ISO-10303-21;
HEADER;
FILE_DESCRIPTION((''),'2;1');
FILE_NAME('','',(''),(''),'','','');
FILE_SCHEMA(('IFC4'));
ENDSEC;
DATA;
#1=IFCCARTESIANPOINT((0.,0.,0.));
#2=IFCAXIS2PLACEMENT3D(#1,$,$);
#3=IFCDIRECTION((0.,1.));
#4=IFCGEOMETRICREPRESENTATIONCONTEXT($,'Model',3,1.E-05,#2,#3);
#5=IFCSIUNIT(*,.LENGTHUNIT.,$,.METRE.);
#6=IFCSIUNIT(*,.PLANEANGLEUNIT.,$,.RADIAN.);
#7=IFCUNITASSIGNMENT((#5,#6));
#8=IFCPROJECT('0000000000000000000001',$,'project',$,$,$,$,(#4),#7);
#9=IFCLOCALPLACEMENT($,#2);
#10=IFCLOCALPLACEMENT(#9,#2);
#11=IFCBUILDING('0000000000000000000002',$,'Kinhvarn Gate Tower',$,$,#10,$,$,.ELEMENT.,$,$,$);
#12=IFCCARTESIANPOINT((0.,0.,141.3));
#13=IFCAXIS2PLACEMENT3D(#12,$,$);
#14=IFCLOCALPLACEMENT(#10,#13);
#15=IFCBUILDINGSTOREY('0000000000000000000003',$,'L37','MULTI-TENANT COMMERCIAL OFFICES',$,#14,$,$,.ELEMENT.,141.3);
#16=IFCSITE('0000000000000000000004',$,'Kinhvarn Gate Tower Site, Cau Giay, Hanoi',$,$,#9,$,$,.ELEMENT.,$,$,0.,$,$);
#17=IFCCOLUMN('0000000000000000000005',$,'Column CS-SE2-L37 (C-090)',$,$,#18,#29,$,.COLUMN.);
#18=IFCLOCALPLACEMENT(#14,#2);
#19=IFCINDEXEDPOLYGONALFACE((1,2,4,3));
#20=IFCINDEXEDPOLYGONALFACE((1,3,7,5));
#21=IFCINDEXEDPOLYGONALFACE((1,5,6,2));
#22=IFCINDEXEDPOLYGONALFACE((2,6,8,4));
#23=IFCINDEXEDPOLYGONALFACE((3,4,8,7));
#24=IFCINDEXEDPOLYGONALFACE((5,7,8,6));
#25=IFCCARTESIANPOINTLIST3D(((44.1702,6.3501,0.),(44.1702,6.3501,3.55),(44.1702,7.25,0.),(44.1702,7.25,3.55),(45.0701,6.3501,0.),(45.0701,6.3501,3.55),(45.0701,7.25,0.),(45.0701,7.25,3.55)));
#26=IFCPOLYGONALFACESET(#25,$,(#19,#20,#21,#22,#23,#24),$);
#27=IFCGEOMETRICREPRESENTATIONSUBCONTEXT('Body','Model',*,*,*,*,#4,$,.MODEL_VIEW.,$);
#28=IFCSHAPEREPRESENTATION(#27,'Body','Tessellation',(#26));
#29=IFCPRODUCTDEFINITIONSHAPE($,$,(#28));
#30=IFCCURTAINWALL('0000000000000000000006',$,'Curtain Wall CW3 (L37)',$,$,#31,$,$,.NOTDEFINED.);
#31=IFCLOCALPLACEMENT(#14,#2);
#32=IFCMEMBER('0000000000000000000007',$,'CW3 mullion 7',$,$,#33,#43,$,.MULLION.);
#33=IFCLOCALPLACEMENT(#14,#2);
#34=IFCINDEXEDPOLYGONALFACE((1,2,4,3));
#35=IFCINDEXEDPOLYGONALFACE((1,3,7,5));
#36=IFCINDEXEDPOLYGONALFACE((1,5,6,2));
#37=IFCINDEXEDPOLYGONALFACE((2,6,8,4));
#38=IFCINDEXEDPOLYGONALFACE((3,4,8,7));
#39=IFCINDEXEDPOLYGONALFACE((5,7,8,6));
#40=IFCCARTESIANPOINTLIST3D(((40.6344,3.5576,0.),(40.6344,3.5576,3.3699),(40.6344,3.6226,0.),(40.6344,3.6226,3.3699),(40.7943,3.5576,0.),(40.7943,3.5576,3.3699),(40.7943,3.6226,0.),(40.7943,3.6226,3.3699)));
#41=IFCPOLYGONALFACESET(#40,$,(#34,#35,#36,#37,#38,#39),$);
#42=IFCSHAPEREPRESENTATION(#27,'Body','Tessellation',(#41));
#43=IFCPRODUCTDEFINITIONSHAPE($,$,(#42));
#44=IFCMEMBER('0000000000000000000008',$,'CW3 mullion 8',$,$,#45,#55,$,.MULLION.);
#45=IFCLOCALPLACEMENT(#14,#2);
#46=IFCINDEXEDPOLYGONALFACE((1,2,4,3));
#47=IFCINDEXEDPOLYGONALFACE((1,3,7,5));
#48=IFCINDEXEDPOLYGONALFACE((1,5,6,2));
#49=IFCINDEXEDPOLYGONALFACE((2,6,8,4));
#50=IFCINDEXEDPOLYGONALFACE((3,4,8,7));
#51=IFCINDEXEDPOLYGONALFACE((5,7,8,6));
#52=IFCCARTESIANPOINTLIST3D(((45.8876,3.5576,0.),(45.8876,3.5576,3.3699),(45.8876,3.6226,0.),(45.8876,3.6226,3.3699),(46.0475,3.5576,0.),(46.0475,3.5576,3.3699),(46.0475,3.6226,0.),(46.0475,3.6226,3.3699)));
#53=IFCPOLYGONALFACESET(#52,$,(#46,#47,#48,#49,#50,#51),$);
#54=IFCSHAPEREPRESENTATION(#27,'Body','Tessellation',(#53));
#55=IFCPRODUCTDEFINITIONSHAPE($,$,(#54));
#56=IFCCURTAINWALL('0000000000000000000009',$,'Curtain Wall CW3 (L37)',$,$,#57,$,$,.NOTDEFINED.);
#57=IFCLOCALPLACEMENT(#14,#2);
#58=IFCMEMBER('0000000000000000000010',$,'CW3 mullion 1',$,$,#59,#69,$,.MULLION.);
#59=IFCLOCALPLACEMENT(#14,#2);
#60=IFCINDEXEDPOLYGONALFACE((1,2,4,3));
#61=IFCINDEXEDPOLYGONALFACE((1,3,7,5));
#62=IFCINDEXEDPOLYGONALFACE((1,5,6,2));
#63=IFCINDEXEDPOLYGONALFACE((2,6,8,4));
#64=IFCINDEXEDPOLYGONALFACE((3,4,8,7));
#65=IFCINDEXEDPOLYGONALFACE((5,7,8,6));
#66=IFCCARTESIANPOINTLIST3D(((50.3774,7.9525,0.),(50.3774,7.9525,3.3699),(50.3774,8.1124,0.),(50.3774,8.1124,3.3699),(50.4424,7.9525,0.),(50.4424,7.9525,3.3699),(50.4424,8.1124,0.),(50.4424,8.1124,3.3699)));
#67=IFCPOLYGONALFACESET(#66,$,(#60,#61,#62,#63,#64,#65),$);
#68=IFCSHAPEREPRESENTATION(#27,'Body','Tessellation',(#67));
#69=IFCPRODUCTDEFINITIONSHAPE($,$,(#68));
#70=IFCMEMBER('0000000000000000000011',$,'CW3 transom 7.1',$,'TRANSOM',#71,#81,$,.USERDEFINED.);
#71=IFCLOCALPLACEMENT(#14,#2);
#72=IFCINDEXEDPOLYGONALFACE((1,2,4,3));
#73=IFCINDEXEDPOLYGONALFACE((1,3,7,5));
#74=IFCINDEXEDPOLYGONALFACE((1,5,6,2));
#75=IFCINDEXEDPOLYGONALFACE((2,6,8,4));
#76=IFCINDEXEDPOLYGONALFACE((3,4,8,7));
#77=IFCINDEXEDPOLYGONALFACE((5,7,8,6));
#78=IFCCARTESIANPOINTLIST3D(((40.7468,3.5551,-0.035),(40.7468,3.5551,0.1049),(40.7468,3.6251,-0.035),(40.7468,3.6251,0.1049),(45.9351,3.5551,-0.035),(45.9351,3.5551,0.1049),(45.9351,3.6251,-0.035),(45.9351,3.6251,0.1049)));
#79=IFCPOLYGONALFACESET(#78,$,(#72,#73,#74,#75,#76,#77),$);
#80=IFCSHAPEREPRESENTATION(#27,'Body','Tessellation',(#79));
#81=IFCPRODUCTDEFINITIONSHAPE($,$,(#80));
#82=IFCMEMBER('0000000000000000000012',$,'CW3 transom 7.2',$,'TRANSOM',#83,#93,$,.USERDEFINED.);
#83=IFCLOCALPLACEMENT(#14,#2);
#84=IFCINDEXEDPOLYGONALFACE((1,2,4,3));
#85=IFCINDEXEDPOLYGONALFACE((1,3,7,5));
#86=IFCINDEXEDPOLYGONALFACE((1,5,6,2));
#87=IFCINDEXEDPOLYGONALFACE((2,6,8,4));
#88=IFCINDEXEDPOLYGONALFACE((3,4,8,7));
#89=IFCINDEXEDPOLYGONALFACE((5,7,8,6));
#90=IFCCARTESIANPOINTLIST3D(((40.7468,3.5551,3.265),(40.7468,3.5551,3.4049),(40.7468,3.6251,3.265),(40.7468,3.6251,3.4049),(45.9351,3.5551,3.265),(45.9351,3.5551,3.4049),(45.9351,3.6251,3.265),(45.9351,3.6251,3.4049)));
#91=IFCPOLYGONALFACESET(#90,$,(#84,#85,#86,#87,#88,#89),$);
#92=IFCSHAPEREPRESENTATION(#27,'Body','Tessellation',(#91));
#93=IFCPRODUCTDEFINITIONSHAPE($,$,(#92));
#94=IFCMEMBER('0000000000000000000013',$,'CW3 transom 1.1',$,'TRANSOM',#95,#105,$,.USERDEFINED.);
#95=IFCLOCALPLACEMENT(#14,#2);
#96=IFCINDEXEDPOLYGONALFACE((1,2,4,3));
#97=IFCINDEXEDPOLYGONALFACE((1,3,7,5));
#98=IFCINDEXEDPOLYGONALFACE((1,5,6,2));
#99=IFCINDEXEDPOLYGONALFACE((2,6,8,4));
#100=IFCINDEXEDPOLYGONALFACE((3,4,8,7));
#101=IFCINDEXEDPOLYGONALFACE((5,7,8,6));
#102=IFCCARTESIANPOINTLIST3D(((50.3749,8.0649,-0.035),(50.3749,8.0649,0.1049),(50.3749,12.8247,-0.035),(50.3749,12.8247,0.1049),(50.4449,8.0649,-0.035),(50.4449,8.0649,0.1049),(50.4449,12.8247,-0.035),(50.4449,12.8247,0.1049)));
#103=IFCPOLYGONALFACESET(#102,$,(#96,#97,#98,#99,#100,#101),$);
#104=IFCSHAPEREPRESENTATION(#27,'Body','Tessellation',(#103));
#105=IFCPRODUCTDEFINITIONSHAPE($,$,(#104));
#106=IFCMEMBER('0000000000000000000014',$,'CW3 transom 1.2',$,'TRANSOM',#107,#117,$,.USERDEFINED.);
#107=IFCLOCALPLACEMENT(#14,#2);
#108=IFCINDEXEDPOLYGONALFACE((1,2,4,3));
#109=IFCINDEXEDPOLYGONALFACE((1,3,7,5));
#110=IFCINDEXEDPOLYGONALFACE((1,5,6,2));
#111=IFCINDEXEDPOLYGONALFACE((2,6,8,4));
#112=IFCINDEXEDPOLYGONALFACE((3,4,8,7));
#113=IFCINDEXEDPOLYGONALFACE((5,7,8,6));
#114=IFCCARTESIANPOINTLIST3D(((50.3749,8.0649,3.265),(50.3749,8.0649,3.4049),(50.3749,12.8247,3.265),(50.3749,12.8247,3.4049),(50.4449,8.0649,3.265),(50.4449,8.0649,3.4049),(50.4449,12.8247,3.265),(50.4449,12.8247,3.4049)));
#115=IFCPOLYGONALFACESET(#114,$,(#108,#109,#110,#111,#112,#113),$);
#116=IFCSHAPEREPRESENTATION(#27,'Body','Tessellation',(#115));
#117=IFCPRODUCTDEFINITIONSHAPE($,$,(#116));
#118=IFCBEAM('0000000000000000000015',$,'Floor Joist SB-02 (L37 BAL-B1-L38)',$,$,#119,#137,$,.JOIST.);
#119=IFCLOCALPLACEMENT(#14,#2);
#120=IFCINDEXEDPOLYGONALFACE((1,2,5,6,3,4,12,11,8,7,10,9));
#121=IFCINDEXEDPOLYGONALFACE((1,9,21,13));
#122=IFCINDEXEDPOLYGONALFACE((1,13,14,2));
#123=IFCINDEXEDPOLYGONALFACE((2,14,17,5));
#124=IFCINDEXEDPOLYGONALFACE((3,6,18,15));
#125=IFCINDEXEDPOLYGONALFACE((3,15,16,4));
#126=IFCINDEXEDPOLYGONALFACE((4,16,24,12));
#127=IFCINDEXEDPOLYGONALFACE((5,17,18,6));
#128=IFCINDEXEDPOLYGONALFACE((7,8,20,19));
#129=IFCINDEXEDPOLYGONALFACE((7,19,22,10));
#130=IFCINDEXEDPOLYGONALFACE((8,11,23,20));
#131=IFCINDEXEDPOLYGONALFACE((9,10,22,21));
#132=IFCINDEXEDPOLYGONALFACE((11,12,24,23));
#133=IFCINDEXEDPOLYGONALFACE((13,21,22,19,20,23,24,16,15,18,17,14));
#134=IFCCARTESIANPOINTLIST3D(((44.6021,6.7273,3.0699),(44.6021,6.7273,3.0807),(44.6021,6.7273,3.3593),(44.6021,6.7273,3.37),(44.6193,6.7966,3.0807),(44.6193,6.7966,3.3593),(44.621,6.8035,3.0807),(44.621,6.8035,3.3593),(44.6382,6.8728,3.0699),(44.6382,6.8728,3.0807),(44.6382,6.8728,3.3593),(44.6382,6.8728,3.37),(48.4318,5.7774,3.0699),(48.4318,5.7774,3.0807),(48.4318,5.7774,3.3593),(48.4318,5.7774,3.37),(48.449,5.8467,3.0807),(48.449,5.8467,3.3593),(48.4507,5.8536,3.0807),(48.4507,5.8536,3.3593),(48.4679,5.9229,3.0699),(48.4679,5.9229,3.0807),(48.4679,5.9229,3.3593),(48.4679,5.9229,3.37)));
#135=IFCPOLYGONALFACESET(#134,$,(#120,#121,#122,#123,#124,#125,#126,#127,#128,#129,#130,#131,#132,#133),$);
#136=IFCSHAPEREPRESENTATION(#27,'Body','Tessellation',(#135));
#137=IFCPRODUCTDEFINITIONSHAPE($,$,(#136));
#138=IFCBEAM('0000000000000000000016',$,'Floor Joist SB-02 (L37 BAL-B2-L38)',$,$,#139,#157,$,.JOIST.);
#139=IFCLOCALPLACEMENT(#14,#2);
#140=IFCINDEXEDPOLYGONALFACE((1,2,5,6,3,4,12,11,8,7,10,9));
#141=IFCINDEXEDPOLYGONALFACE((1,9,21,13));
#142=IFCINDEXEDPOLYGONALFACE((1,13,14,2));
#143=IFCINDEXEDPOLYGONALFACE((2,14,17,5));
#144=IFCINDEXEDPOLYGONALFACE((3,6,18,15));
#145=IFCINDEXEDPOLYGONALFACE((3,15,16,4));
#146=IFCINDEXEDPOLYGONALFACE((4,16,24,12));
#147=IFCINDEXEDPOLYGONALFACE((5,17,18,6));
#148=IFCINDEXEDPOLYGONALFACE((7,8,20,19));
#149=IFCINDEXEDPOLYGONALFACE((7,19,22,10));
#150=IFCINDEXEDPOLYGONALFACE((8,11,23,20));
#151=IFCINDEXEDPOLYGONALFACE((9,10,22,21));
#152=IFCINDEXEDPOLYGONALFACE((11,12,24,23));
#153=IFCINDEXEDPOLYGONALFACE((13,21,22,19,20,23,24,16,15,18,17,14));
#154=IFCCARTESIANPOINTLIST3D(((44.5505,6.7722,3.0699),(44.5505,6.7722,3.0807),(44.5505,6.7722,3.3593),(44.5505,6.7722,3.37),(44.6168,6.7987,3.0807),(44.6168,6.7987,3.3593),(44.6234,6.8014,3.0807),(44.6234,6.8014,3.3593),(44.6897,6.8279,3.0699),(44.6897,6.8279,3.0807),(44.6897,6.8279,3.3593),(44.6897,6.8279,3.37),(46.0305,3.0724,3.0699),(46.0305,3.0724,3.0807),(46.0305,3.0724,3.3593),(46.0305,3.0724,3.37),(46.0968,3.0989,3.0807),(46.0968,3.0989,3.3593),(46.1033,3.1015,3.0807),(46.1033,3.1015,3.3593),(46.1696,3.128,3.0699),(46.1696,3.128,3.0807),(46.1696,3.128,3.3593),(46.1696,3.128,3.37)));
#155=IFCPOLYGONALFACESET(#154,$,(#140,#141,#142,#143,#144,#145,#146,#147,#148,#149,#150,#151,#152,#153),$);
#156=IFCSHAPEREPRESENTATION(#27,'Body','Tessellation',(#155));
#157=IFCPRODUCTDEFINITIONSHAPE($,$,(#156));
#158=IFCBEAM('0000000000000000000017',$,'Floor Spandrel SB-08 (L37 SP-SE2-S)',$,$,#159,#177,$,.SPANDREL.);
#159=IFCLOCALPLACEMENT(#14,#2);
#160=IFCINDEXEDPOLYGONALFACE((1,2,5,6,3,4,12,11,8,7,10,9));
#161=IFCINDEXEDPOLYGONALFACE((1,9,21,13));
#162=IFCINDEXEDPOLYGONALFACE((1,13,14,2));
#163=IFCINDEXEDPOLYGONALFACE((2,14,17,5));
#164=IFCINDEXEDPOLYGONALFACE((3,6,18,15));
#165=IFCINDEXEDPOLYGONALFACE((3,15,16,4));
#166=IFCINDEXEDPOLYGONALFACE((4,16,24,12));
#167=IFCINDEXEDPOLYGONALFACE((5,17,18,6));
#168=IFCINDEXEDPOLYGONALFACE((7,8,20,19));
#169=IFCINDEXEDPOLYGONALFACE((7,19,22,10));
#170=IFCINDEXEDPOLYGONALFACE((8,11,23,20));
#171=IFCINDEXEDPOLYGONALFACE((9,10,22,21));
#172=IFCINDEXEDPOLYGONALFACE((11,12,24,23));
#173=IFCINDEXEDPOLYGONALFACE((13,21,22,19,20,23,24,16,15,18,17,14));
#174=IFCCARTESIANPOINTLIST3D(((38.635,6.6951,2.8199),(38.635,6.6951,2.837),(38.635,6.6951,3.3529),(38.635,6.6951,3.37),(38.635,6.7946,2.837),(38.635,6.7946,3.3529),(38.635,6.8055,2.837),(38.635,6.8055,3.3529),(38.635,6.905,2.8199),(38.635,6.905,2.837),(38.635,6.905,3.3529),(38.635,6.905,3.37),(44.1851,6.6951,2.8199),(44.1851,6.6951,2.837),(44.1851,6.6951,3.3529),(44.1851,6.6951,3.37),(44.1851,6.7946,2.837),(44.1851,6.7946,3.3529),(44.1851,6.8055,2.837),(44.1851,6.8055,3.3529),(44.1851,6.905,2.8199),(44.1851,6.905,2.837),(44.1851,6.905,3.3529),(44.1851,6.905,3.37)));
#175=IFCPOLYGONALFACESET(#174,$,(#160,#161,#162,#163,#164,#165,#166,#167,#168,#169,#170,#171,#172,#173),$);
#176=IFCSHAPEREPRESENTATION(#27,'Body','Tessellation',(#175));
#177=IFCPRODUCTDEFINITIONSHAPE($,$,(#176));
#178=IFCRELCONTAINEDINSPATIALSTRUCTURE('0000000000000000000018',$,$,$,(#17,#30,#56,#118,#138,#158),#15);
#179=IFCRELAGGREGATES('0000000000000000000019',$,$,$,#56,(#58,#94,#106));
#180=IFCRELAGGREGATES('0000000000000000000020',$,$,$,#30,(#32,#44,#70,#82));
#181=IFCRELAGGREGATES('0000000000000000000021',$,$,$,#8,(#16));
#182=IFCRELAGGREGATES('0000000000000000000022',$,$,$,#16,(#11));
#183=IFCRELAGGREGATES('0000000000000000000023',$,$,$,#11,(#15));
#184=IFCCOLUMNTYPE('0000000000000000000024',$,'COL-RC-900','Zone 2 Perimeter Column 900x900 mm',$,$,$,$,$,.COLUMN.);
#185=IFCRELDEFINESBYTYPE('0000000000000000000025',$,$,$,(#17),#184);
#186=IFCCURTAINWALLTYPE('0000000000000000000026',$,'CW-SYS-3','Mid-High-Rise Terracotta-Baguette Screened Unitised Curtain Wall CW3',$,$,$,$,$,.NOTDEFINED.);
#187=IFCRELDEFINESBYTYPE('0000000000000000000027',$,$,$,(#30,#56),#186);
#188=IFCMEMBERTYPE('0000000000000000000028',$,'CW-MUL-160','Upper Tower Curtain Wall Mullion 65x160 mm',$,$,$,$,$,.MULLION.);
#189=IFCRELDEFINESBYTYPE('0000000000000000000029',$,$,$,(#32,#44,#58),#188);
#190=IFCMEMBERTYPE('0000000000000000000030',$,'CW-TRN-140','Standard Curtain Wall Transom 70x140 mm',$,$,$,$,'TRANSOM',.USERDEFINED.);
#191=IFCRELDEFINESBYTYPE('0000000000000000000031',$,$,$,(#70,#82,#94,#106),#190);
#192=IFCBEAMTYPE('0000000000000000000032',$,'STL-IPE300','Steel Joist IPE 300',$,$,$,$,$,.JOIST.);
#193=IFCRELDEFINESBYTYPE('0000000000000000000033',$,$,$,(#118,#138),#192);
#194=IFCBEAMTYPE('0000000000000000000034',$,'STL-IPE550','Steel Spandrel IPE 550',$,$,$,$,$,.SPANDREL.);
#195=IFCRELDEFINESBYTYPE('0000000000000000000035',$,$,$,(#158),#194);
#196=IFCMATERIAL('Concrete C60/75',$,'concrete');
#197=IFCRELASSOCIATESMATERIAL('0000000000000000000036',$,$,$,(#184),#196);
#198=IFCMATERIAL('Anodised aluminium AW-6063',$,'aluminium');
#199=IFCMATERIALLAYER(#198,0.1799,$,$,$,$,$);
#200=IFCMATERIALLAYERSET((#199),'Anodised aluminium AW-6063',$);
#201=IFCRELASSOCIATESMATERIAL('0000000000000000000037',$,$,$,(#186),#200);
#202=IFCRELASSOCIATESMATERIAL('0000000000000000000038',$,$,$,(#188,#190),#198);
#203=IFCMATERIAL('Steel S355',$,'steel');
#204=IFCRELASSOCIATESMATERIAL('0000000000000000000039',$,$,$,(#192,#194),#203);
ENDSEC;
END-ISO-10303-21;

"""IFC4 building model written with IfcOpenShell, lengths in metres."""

from ifc_helpers import new_model, si_unit, direction, frame, origin, origin_2d, place, context, subcontext, project, spatial, rectangle, i_section, extrude, material, layer, layer_set, material_profile, profile_set, type_object, element, aggregate, save


model = new_model("IFC4")

# Units and contexts
model_context = context("Model", 3, precision=1e-05, world=origin(), true_north=direction((0.0, 1.0)))
body_context = subcontext(model_context, "Body", "Model", "MODEL_VIEW")
ifc_project = project(units=[si_unit("LENGTHUNIT", "METRE"), si_unit("PLANEANGLEUNIT", "RADIAN")], contexts=[model_context])

# Site, building, storey
site_placement = place(None, origin())
site = spatial("IfcSite", under=ifc_project, at=site_placement, Name="Kinhvarn Gate Tower Site, Cau Giay, Hanoi", CompositionType="ELEMENT", RefElevation=0.0)
building_placement = place(site_placement, origin())
building = spatial("IfcBuilding", under=site, at=building_placement, Name="Kinhvarn Gate Tower", CompositionType="ELEMENT")
storey_placement = place(building_placement, frame((0.0, 0.0, 141.3)))
storey = spatial("IfcBuildingStorey", under=building, at=storey_placement, Name="L37", Description="MULTI-TENANT COMMERCIAL OFFICES", CompositionType="ELEMENT", Elevation=141.3)

# Column
ifc_material_1 = material(Name="Concrete C60/75", Category="concrete")
ifc_material_profile_1 = material_profile(ifc_material_1, rectangle(XDim=0.8999, YDim=0.8999, at=origin_2d()), Name="RC 900x900")
ifc_profile_set_1 = profile_set([ifc_material_profile_1], Name="Concrete C60/75")
column_type = type_object("IfcColumnType", Name="COL-RC-900", Description="Zone 2 Perimeter Column 900x900 mm", PredefinedType="COLUMN", material=ifc_profile_set_1)
column_placement = place(storey_placement, frame((44.6201, 6.8, 0.0), z_axis=(0.0, 0.0, 1.0), x_axis=(1.0, 0.0, 0.0)))
element("IfcColumn", 1, at=column_placement, inside=storey, type_object=column_type, Name="Column CS-SE2-L37 (C-090)", PredefinedType="COLUMN", context=body_context, shape_type="SweptSolid", body=[
    extrude(rectangle(XDim=0.8999, YDim=0.8999, at=origin_2d()), origin(), (0.0, 0.0, 1.0), 3.55),
])

# Curtain wall, members
ifc_material_2 = material(Name="Anodised aluminium AW-6063", Category="aluminium")
ifc_layer_1 = layer(ifc_material_2, 0.1799)
ifc_layer_set_1 = layer_set([ifc_layer_1], Name="Anodised aluminium AW-6063")
curtain_wall_type = type_object("IfcCurtainWallType", Name="CW-SYS-3", Description="Mid-High-Rise Terracotta-Baguette Screened Unitised Curtain Wall CW3", PredefinedType="NOTDEFINED", material=ifc_layer_set_1)
curtain_wall_1_placement = place(storey_placement, origin())
curtain_wall_1 = element("IfcCurtainWall", 2, at=curtain_wall_1_placement, inside=storey, type_object=curtain_wall_type, Name="Curtain Wall CW3 (L37)", PredefinedType="NOTDEFINED")
ifc_material_profile_2 = material_profile(ifc_material_2, rectangle(XDim=0.0649, YDim=0.1599, at=origin_2d()), Name="ALU 65x160")
ifc_profile_set_2 = profile_set([ifc_material_profile_2], Name="Anodised aluminium AW-6063")
member_type_1 = type_object("IfcMemberType", Name="CW-MUL-160", Description="Upper Tower Curtain Wall Mullion 65x160 mm", PredefinedType="MULLION", material=ifc_profile_set_2)
member_1_placement = place(storey_placement, frame((40.7144, 3.5901, 0.0), z_axis=(0.0, 0.0, 1.0), x_axis=(0.0, 1.0, 0.0)))
member_1 = element("IfcMember", 3, at=member_1_placement, type_object=member_type_1, Name="CW3 mullion 7", PredefinedType="MULLION", context=body_context, shape_type="SweptSolid", body=[
    extrude(rectangle(XDim=0.0649, YDim=0.1599, at=origin_2d()), origin(), (0.0, 0.0, 1.0), 3.3699),
])
member_2_placement = place(storey_placement, frame((45.9675, 3.5901, 0.0), z_axis=(0.0, 0.0, 1.0), x_axis=(0.0, 1.0, 0.0)))
member_2 = element("IfcMember", 4, at=member_2_placement, type_object=member_type_1, Name="CW3 mullion 8", PredefinedType="MULLION", context=body_context, shape_type="SweptSolid", body=[
    extrude(rectangle(XDim=0.0649, YDim=0.1599, at=origin_2d()), origin(), (0.0, 0.0, 1.0), 3.3699),
])

# Curtain wall, member
curtain_wall_2_placement = place(storey_placement, origin())
curtain_wall_2 = element("IfcCurtainWall", 5, at=curtain_wall_2_placement, inside=storey, type_object=curtain_wall_type, Name="Curtain Wall CW3 (L37)", PredefinedType="NOTDEFINED")
member_3_placement = place(storey_placement, frame((50.4099, 8.0325, 0.0), z_axis=(0.0, 0.0, 1.0), x_axis=(-1.0, 0.0, 0.0)))
member_3 = element("IfcMember", 6, at=member_3_placement, type_object=member_type_1, Name="CW3 mullion 1", PredefinedType="MULLION", context=body_context, shape_type="SweptSolid", body=[
    extrude(rectangle(XDim=0.0649, YDim=0.1599, at=origin_2d()), origin(), (0.0, 0.0, 1.0), 3.3699),
])

# Members
ifc_material_profile_3 = material_profile(ifc_material_2, rectangle(XDim=0.0701, YDim=0.1399, at=origin_2d()), Name="ALU 70x140")
ifc_profile_set_3 = profile_set([ifc_material_profile_3], Name="Anodised aluminium AW-6063")
member_type_2 = type_object("IfcMemberType", Name="CW-TRN-140", Description="Standard Curtain Wall Transom 70x140 mm", ElementType="TRANSOM", PredefinedType="USERDEFINED", material=ifc_profile_set_3)
member_4_placement = place(storey_placement, frame((40.7468, 3.5901, 0.0349), z_axis=(1.0, 0.0, 0.0), x_axis=(0.0, 1.0, 0.0)))
member_4 = element("IfcMember", 7, at=member_4_placement, type_object=member_type_2, Name="CW3 transom 7.1", ObjectType="TRANSOM", PredefinedType="USERDEFINED", context=body_context, shape_type="SweptSolid", body=[
    extrude(rectangle(XDim=0.0701, YDim=0.1399, at=origin_2d()), origin(), (0.0, 0.0, 1.0), 5.1882),
])
member_5_placement = place(storey_placement, frame((40.7468, 3.5901, 3.335), z_axis=(1.0, 0.0, 0.0), x_axis=(0.0, 1.0, 0.0)))
member_5 = element("IfcMember", 8, at=member_5_placement, type_object=member_type_2, Name="CW3 transom 7.2", ObjectType="TRANSOM", PredefinedType="USERDEFINED", context=body_context, shape_type="SweptSolid", body=[
    extrude(rectangle(XDim=0.0701, YDim=0.1399, at=origin_2d()), origin(), (0.0, 0.0, 1.0), 5.1882),
])
member_6_placement = place(storey_placement, frame((50.4099, 8.0649, 0.0349), z_axis=(0.0, 1.0, 0.0), x_axis=(-1.0, 0.0, 0.0)))
member_6 = element("IfcMember", 9, at=member_6_placement, type_object=member_type_2, Name="CW3 transom 1.1", ObjectType="TRANSOM", PredefinedType="USERDEFINED", context=body_context, shape_type="SweptSolid", body=[
    extrude(rectangle(XDim=0.0701, YDim=0.1399, at=origin_2d()), origin(), (0.0, 0.0, 1.0), 4.7598),
])
member_7_placement = place(storey_placement, frame((50.4099, 8.0649, 3.335), z_axis=(0.0, 1.0, 0.0), x_axis=(-1.0, 0.0, 0.0)))
member_7 = element("IfcMember", 10, at=member_7_placement, type_object=member_type_2, Name="CW3 transom 1.2", ObjectType="TRANSOM", PredefinedType="USERDEFINED", context=body_context, shape_type="SweptSolid", body=[
    extrude(rectangle(XDim=0.0701, YDim=0.1399, at=origin_2d()), origin(), (0.0, 0.0, 1.0), 4.7598),
])
aggregate(curtain_wall_2, [member_3, member_6, member_7])

# Beams
ifc_material_3 = material(Name="Steel S355", Category="steel")
ifc_material_profile_4 = material_profile(ifc_material_3, i_section(OverallWidth=0.1499, OverallDepth=0.3, WebThickness=0.0071, FlangeThickness=0.0107, at=origin_2d()), Name="IPE 300")
ifc_profile_set_4 = profile_set([ifc_material_profile_4], Name="Steel S355")
beam_type_1 = type_object("IfcBeamType", Name="STL-IPE300", Description="Steel Joist IPE 300", PredefinedType="JOIST", material=ifc_profile_set_4)
beam_1_placement = place(storey_placement, frame((44.6201, 6.8, 3.22), z_axis=(0.970589, -0.240745, 0.0), x_axis=(0.240745, 0.970589, 0.0)))
element("IfcBeam", 11, at=beam_1_placement, inside=storey, type_object=beam_type_1, Name="Floor Joist SB-02 (L37 BAL-B1-L38)", PredefinedType="JOIST", context=body_context, shape_type="SweptSolid", body=[
    extrude(i_section(OverallWidth=0.1499, OverallDepth=0.3, WebThickness=0.0071, FlangeThickness=0.0107, at=origin_2d()), origin(), (0.0, 0.0, 1.0), 3.9458),
])
beam_2_placement = place(storey_placement, frame((44.6201, 6.8, 3.22), z_axis=(0.371391, -0.928477, 0.0), x_axis=(0.928477, 0.371391, 0.0)))
element("IfcBeam", 12, at=beam_2_placement, inside=storey, type_object=beam_type_1, Name="Floor Joist SB-02 (L37 BAL-B2-L38)", PredefinedType="JOIST", context=body_context, shape_type="SweptSolid", body=[
    extrude(i_section(OverallWidth=0.1499, OverallDepth=0.3, WebThickness=0.0071, FlangeThickness=0.0107, at=origin_2d()), origin(), (0.0, 0.0, 1.0), 3.9849),
])
ifc_material_profile_5 = material_profile(ifc_material_3, i_section(OverallWidth=0.21, OverallDepth=0.55, WebThickness=0.011, FlangeThickness=0.0171, at=origin_2d()), Name="IPE 550")
ifc_profile_set_5 = profile_set([ifc_material_profile_5], Name="Steel S355")
beam_type_2 = type_object("IfcBeamType", Name="STL-IPE550", Description="Steel Spandrel IPE 550", PredefinedType="SPANDREL", material=ifc_profile_set_5)
beam_3_placement = place(storey_placement, frame((38.635, 6.8, 3.095), z_axis=(1.0, 0.0, 0.0), x_axis=(0.0, 1.0, 0.0)))
element("IfcBeam", 13, at=beam_3_placement, inside=storey, type_object=beam_type_2, Name="Floor Spandrel SB-08 (L37 SP-SE2-S)", PredefinedType="SPANDREL", context=body_context, shape_type="SweptSolid", body=[
    extrude(i_section(OverallWidth=0.21, OverallDepth=0.55, WebThickness=0.011, FlangeThickness=0.0171, at=origin_2d()), origin(), (0.0, 0.0, 1.0), 5.55),
])

aggregate(curtain_wall_1, [member_1, member_2, member_4, member_5])

save(model, "model.ifc")
